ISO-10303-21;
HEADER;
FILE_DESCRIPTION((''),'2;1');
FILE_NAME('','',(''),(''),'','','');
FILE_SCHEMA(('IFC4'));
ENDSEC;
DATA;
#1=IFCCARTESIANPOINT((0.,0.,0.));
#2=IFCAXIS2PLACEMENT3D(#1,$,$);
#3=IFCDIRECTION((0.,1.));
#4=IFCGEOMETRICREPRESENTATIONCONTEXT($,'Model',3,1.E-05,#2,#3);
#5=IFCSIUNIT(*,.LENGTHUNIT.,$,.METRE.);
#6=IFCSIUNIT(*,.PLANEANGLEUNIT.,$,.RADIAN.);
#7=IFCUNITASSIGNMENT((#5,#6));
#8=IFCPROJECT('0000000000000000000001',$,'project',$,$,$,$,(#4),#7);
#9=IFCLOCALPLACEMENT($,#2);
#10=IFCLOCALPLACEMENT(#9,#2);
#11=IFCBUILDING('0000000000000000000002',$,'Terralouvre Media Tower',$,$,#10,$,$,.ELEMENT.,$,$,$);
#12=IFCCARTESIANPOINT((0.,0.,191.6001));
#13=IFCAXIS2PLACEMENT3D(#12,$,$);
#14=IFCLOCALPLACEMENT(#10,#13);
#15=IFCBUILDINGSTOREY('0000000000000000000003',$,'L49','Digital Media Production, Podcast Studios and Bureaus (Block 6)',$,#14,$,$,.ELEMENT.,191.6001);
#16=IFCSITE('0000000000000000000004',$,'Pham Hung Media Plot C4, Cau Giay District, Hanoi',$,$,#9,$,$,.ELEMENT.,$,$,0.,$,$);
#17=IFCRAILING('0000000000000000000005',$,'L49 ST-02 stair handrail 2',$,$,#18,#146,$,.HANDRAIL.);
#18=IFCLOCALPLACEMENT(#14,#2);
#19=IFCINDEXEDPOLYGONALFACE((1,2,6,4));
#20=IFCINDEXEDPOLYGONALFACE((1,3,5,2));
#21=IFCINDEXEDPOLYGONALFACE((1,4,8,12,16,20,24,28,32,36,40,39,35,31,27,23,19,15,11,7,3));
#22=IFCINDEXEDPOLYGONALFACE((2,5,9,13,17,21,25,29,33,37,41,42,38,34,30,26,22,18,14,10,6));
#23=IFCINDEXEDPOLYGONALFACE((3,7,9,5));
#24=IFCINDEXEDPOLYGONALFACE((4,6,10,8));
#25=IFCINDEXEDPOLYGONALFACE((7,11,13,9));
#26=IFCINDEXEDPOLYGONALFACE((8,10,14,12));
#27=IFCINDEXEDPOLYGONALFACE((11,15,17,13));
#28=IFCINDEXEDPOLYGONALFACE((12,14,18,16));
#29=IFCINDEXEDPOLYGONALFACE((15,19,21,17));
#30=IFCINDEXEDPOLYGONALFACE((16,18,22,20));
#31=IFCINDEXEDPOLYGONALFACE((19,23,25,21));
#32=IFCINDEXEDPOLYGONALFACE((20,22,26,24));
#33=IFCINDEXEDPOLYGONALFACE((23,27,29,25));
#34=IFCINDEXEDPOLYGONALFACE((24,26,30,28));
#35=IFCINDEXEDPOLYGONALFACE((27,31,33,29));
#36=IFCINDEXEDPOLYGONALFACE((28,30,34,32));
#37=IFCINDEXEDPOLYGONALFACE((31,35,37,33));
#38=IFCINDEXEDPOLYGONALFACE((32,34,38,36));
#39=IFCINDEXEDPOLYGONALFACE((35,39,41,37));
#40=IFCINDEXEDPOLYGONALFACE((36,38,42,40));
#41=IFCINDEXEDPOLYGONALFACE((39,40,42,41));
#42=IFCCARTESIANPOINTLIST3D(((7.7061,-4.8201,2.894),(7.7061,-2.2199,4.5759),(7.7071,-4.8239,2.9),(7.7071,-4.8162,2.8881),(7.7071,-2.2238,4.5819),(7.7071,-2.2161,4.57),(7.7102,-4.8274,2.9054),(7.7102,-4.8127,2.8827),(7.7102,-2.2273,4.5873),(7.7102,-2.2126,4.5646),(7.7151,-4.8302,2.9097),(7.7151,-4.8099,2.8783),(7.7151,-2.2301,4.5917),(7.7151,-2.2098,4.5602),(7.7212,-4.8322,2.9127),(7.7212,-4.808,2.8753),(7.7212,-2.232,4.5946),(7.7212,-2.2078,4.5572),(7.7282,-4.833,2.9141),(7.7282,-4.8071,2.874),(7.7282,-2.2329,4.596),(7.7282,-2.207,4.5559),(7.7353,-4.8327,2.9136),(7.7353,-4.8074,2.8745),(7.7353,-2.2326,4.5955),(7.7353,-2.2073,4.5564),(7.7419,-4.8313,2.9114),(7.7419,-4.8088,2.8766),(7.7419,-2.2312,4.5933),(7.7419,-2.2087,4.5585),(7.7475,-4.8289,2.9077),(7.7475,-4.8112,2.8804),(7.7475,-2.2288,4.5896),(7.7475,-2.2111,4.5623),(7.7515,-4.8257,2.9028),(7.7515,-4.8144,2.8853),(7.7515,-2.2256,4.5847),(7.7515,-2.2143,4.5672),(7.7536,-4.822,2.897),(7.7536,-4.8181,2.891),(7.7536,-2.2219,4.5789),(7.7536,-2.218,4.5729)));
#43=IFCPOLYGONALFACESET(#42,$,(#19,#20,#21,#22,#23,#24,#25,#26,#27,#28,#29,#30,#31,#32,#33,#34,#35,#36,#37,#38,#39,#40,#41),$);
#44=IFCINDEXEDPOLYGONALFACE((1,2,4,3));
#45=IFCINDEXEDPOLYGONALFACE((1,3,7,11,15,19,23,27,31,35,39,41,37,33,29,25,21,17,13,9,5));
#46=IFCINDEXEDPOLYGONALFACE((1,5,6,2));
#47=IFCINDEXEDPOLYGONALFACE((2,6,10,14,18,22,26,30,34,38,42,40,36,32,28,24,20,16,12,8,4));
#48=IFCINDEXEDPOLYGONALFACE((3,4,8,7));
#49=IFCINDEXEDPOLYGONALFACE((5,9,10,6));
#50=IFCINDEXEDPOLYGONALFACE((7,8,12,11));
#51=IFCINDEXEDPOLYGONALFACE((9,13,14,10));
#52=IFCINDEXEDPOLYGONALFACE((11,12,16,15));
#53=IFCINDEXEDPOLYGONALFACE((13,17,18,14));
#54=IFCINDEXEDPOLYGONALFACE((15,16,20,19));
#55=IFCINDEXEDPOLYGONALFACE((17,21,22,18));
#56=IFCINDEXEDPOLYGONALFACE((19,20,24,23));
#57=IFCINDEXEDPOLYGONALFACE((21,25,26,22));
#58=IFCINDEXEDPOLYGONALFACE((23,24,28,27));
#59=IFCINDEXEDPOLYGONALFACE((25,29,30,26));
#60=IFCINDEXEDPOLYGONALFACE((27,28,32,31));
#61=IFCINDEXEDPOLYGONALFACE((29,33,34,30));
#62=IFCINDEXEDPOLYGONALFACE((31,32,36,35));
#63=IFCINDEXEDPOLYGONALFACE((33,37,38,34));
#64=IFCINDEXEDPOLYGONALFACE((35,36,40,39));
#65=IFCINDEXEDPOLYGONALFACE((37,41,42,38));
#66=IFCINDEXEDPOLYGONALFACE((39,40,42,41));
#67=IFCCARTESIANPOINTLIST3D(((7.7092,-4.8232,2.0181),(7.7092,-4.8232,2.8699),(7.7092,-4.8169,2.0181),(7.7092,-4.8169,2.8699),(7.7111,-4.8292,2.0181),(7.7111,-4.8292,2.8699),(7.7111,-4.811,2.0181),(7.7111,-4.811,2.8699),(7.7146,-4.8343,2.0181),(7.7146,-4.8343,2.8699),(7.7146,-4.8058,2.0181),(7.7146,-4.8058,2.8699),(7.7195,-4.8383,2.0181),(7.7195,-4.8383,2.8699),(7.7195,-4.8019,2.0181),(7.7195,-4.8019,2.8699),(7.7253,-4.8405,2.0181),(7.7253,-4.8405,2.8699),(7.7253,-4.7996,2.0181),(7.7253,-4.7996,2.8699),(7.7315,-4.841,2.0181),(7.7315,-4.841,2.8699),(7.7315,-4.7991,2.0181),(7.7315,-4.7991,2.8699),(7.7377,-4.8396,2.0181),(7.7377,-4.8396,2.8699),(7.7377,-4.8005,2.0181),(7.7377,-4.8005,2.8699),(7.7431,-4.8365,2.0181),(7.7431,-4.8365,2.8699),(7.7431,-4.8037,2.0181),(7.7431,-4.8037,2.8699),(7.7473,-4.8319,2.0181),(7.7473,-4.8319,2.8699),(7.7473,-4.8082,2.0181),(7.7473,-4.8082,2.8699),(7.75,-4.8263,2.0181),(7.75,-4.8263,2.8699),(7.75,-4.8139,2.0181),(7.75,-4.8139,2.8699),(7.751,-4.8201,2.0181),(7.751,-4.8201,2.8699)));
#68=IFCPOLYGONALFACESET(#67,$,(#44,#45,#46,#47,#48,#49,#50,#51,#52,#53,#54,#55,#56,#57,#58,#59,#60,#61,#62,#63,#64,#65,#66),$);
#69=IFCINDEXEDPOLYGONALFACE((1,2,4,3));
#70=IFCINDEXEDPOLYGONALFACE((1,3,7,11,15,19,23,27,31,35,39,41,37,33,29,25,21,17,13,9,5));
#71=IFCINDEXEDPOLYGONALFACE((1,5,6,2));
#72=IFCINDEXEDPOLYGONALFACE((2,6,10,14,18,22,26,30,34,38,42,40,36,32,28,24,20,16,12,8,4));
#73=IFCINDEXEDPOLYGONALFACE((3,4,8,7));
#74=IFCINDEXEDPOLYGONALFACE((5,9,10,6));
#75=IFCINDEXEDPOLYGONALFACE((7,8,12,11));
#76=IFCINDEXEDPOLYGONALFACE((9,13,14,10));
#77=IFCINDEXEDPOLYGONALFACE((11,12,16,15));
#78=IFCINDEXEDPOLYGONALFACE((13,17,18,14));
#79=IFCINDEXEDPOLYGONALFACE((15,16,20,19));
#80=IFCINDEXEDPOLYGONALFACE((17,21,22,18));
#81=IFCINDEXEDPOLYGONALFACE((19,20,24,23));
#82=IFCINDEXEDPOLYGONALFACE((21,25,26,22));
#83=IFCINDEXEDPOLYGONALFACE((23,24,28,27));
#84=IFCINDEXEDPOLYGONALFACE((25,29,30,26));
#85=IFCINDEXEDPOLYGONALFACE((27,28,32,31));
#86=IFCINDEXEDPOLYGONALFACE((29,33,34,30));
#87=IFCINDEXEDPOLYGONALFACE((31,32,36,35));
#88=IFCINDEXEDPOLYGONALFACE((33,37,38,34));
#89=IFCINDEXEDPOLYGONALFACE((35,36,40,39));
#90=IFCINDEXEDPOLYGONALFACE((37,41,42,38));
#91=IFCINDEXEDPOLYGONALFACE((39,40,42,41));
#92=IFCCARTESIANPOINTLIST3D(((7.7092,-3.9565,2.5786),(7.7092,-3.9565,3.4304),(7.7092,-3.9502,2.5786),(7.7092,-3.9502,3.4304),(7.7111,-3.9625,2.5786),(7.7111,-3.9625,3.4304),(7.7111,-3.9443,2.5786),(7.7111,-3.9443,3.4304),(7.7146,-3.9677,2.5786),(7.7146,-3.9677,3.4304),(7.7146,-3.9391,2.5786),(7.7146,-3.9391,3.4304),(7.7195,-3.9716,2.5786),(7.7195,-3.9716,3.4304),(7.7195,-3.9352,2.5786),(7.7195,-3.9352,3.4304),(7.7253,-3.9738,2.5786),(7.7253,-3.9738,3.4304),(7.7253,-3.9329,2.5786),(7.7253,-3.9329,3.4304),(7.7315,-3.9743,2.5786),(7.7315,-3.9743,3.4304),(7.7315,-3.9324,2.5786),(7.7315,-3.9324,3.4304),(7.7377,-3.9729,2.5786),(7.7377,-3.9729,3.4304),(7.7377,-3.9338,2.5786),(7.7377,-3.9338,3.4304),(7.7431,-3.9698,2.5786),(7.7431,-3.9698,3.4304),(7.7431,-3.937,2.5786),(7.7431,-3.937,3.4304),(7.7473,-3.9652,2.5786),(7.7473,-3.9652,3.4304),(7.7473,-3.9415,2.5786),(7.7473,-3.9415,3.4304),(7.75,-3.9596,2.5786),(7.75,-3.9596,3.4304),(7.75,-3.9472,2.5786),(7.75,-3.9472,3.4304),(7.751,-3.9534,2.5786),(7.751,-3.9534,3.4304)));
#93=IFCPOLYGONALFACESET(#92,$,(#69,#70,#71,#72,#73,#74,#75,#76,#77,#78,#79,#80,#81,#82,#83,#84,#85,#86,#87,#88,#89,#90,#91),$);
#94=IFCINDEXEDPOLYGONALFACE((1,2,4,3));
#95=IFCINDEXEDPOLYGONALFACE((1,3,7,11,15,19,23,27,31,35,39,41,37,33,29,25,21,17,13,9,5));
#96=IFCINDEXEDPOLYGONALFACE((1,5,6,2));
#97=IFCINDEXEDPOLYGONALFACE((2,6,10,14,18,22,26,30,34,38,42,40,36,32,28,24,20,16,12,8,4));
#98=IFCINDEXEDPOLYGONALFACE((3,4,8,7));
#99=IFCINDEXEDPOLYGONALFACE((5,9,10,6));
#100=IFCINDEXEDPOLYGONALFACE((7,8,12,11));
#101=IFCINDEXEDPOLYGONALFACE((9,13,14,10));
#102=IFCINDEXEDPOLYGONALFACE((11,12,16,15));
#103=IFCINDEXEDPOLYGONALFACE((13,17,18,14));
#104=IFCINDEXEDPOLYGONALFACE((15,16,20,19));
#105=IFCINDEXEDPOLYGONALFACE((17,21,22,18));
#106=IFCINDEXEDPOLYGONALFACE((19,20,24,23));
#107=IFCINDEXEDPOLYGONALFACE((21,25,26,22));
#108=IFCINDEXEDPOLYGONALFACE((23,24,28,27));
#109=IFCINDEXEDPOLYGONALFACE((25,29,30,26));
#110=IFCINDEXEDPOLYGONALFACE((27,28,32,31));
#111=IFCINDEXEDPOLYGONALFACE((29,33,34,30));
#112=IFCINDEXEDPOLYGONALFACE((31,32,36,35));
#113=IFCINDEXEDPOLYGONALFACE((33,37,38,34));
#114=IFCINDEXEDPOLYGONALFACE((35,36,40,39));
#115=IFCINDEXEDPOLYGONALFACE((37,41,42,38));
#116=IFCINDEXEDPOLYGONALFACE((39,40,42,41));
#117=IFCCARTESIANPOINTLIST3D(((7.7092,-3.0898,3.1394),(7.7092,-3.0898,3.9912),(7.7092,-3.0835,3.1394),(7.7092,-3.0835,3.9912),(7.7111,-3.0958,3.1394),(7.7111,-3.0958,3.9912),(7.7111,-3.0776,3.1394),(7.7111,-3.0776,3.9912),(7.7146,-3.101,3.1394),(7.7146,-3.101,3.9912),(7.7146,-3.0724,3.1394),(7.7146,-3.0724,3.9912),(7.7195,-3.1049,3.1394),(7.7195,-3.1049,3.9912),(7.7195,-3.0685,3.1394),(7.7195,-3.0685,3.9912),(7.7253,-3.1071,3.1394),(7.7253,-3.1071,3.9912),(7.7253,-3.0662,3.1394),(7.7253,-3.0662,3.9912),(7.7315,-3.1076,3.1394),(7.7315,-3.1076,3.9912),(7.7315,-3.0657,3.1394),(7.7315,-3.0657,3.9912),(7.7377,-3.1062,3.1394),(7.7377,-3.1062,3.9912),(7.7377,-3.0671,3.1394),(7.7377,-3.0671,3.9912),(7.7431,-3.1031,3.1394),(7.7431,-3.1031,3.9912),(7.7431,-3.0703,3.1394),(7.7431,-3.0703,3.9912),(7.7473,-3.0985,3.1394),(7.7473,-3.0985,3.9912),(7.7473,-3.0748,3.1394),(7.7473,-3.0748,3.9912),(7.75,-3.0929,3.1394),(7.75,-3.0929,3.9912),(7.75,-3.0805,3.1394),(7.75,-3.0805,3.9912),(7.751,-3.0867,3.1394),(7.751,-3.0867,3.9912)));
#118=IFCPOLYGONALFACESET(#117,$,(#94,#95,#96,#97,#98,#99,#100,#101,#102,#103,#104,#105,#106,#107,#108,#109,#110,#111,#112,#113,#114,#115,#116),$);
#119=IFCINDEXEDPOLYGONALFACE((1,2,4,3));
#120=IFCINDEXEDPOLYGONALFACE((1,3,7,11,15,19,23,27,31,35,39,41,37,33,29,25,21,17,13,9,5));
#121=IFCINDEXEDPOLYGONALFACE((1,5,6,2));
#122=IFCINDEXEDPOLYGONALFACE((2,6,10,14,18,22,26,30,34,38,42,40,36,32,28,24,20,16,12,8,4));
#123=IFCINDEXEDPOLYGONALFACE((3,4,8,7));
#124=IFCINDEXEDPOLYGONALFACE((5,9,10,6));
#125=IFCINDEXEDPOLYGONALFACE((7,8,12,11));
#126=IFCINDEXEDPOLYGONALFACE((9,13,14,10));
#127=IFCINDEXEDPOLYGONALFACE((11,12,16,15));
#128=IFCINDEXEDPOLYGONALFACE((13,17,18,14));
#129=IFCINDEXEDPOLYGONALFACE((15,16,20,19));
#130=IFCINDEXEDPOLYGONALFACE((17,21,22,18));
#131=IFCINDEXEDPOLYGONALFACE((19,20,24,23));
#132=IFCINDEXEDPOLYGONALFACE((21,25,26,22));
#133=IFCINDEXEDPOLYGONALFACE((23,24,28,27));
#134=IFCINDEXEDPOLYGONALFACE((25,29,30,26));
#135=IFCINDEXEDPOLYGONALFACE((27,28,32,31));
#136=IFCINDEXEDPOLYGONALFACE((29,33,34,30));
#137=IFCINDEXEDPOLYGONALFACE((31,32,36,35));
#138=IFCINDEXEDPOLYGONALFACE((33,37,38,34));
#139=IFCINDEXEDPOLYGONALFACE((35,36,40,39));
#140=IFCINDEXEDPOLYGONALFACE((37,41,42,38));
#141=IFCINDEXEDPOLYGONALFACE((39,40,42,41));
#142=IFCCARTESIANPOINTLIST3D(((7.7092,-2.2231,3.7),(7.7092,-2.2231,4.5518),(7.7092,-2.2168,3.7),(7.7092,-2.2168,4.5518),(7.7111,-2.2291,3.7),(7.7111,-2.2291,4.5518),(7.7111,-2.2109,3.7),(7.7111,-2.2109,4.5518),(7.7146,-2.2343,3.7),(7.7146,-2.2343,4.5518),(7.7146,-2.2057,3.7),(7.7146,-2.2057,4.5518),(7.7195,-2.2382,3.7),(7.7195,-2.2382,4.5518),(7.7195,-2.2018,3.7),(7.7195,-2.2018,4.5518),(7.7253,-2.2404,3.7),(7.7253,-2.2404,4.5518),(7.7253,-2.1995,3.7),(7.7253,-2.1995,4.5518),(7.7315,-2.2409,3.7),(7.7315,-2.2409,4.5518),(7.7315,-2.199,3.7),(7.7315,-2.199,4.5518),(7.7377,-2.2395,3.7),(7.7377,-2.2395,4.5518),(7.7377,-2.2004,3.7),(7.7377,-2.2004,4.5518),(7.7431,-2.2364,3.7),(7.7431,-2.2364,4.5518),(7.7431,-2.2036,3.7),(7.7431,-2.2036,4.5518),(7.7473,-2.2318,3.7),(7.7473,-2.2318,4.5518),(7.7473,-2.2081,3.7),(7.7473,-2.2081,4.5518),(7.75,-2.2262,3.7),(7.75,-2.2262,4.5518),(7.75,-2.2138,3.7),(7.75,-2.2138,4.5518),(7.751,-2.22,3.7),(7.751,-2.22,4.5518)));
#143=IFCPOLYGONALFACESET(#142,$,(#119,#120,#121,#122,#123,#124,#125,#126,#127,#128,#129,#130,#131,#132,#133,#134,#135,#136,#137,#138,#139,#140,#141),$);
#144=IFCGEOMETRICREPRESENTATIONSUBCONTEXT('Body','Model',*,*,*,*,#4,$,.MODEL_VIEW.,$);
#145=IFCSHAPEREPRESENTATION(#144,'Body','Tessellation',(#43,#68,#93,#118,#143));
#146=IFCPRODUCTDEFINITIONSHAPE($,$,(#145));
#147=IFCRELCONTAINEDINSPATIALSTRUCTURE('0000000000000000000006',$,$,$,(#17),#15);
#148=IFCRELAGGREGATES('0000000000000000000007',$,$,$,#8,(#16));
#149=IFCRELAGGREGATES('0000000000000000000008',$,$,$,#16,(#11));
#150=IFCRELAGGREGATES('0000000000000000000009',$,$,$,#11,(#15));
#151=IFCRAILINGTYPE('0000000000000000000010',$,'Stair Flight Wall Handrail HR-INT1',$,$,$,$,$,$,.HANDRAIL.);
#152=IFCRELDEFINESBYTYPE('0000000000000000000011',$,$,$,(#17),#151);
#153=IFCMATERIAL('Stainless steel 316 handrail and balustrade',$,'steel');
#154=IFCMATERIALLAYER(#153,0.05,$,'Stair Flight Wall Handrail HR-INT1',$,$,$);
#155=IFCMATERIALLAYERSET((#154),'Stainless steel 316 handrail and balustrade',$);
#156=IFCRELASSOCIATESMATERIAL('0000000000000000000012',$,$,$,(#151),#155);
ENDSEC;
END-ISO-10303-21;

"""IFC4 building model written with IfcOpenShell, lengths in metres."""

from ifc_helpers import new_model, si_unit, direction, frame, origin, origin_2d, place, context, subcontext, project, spatial, circle, extrude, material, layer, layer_set, type_object, element, save


model = new_model("IFC4")

# Units and contexts
model_context = context("Model", 3, precision=1e-05, world=origin(), true_north=direction((0.0, 1.0)))
body_context = subcontext(model_context, "Body", "Model", "MODEL_VIEW")
ifc_project = project(units=[si_unit("LENGTHUNIT", "METRE"), si_unit("PLANEANGLEUNIT", "RADIAN")], contexts=[model_context])

# Site, building, storey
site_placement = place(None, origin())
site = spatial("IfcSite", under=ifc_project, at=site_placement, Name="Pham Hung Media Plot C4, Cau Giay District, Hanoi", CompositionType="ELEMENT", RefElevation=0.0)
building_placement = place(site_placement, origin())
building = spatial("IfcBuilding", under=site, at=building_placement, Name="Terralouvre Media Tower", CompositionType="ELEMENT")
storey_placement = place(building_placement, frame((0.0, 0.0, 191.6001)))
storey = spatial("IfcBuildingStorey", under=building, at=storey_placement, Name="L49", Description="Digital Media Production, Podcast Studios and Bureaus (Block 6)", CompositionType="ELEMENT", Elevation=191.6001)

# Railing
ifc_material_1 = material(Name="Stainless steel 316 handrail and balustrade", Category="steel")
ifc_layer_1 = layer(ifc_material_1, 0.05, Name="Stair Flight Wall Handrail HR-INT1")
ifc_layer_set_1 = layer_set([ifc_layer_1], Name="Stainless steel 316 handrail and balustrade")
railing_type_1 = type_object("IfcRailingType", Name="Stair Flight Wall Handrail HR-INT1", PredefinedType="HANDRAIL", material=ifc_layer_set_1)
railing_1_placement = place(storey_placement, frame((7.73, -4.8201, 2.0181)))
element("IfcRailing", 1, at=railing_1_placement, inside=storey, type_object=railing_type_1, Name="L49 ST-02 stair handrail 2", PredefinedType="HANDRAIL", context=body_context, shape_type="SweptSolid", body=[
    extrude(circle(Radius=0.0239, at=origin_2d()), frame((0.0, 0.0, 0.876), z_axis=(0.0, 0.839648, 0.54313), x_axis=(-1.0, 0.0, 0.0)), (0.0, 0.0, 1.0), 3.0967),
    extrude(circle(Radius=0.021, at=origin_2d()), origin(), (0.0, 0.0, 1.0), 0.8518),
    extrude(circle(Radius=0.021, at=origin_2d()), frame((0.0, 0.8667, 0.5605)), (0.0, 0.0, 1.0), 0.8518),
    extrude(circle(Radius=0.021, at=origin_2d()), frame((0.0, 1.7334, 1.1213)), (0.0, 0.0, 1.0), 0.8518),
    extrude(circle(Radius=0.021, at=origin_2d()), frame((0.0, 2.6001, 1.6819)), (0.0, 0.0, 1.0), 0.8518),
])

save(model, "model.ifc")
